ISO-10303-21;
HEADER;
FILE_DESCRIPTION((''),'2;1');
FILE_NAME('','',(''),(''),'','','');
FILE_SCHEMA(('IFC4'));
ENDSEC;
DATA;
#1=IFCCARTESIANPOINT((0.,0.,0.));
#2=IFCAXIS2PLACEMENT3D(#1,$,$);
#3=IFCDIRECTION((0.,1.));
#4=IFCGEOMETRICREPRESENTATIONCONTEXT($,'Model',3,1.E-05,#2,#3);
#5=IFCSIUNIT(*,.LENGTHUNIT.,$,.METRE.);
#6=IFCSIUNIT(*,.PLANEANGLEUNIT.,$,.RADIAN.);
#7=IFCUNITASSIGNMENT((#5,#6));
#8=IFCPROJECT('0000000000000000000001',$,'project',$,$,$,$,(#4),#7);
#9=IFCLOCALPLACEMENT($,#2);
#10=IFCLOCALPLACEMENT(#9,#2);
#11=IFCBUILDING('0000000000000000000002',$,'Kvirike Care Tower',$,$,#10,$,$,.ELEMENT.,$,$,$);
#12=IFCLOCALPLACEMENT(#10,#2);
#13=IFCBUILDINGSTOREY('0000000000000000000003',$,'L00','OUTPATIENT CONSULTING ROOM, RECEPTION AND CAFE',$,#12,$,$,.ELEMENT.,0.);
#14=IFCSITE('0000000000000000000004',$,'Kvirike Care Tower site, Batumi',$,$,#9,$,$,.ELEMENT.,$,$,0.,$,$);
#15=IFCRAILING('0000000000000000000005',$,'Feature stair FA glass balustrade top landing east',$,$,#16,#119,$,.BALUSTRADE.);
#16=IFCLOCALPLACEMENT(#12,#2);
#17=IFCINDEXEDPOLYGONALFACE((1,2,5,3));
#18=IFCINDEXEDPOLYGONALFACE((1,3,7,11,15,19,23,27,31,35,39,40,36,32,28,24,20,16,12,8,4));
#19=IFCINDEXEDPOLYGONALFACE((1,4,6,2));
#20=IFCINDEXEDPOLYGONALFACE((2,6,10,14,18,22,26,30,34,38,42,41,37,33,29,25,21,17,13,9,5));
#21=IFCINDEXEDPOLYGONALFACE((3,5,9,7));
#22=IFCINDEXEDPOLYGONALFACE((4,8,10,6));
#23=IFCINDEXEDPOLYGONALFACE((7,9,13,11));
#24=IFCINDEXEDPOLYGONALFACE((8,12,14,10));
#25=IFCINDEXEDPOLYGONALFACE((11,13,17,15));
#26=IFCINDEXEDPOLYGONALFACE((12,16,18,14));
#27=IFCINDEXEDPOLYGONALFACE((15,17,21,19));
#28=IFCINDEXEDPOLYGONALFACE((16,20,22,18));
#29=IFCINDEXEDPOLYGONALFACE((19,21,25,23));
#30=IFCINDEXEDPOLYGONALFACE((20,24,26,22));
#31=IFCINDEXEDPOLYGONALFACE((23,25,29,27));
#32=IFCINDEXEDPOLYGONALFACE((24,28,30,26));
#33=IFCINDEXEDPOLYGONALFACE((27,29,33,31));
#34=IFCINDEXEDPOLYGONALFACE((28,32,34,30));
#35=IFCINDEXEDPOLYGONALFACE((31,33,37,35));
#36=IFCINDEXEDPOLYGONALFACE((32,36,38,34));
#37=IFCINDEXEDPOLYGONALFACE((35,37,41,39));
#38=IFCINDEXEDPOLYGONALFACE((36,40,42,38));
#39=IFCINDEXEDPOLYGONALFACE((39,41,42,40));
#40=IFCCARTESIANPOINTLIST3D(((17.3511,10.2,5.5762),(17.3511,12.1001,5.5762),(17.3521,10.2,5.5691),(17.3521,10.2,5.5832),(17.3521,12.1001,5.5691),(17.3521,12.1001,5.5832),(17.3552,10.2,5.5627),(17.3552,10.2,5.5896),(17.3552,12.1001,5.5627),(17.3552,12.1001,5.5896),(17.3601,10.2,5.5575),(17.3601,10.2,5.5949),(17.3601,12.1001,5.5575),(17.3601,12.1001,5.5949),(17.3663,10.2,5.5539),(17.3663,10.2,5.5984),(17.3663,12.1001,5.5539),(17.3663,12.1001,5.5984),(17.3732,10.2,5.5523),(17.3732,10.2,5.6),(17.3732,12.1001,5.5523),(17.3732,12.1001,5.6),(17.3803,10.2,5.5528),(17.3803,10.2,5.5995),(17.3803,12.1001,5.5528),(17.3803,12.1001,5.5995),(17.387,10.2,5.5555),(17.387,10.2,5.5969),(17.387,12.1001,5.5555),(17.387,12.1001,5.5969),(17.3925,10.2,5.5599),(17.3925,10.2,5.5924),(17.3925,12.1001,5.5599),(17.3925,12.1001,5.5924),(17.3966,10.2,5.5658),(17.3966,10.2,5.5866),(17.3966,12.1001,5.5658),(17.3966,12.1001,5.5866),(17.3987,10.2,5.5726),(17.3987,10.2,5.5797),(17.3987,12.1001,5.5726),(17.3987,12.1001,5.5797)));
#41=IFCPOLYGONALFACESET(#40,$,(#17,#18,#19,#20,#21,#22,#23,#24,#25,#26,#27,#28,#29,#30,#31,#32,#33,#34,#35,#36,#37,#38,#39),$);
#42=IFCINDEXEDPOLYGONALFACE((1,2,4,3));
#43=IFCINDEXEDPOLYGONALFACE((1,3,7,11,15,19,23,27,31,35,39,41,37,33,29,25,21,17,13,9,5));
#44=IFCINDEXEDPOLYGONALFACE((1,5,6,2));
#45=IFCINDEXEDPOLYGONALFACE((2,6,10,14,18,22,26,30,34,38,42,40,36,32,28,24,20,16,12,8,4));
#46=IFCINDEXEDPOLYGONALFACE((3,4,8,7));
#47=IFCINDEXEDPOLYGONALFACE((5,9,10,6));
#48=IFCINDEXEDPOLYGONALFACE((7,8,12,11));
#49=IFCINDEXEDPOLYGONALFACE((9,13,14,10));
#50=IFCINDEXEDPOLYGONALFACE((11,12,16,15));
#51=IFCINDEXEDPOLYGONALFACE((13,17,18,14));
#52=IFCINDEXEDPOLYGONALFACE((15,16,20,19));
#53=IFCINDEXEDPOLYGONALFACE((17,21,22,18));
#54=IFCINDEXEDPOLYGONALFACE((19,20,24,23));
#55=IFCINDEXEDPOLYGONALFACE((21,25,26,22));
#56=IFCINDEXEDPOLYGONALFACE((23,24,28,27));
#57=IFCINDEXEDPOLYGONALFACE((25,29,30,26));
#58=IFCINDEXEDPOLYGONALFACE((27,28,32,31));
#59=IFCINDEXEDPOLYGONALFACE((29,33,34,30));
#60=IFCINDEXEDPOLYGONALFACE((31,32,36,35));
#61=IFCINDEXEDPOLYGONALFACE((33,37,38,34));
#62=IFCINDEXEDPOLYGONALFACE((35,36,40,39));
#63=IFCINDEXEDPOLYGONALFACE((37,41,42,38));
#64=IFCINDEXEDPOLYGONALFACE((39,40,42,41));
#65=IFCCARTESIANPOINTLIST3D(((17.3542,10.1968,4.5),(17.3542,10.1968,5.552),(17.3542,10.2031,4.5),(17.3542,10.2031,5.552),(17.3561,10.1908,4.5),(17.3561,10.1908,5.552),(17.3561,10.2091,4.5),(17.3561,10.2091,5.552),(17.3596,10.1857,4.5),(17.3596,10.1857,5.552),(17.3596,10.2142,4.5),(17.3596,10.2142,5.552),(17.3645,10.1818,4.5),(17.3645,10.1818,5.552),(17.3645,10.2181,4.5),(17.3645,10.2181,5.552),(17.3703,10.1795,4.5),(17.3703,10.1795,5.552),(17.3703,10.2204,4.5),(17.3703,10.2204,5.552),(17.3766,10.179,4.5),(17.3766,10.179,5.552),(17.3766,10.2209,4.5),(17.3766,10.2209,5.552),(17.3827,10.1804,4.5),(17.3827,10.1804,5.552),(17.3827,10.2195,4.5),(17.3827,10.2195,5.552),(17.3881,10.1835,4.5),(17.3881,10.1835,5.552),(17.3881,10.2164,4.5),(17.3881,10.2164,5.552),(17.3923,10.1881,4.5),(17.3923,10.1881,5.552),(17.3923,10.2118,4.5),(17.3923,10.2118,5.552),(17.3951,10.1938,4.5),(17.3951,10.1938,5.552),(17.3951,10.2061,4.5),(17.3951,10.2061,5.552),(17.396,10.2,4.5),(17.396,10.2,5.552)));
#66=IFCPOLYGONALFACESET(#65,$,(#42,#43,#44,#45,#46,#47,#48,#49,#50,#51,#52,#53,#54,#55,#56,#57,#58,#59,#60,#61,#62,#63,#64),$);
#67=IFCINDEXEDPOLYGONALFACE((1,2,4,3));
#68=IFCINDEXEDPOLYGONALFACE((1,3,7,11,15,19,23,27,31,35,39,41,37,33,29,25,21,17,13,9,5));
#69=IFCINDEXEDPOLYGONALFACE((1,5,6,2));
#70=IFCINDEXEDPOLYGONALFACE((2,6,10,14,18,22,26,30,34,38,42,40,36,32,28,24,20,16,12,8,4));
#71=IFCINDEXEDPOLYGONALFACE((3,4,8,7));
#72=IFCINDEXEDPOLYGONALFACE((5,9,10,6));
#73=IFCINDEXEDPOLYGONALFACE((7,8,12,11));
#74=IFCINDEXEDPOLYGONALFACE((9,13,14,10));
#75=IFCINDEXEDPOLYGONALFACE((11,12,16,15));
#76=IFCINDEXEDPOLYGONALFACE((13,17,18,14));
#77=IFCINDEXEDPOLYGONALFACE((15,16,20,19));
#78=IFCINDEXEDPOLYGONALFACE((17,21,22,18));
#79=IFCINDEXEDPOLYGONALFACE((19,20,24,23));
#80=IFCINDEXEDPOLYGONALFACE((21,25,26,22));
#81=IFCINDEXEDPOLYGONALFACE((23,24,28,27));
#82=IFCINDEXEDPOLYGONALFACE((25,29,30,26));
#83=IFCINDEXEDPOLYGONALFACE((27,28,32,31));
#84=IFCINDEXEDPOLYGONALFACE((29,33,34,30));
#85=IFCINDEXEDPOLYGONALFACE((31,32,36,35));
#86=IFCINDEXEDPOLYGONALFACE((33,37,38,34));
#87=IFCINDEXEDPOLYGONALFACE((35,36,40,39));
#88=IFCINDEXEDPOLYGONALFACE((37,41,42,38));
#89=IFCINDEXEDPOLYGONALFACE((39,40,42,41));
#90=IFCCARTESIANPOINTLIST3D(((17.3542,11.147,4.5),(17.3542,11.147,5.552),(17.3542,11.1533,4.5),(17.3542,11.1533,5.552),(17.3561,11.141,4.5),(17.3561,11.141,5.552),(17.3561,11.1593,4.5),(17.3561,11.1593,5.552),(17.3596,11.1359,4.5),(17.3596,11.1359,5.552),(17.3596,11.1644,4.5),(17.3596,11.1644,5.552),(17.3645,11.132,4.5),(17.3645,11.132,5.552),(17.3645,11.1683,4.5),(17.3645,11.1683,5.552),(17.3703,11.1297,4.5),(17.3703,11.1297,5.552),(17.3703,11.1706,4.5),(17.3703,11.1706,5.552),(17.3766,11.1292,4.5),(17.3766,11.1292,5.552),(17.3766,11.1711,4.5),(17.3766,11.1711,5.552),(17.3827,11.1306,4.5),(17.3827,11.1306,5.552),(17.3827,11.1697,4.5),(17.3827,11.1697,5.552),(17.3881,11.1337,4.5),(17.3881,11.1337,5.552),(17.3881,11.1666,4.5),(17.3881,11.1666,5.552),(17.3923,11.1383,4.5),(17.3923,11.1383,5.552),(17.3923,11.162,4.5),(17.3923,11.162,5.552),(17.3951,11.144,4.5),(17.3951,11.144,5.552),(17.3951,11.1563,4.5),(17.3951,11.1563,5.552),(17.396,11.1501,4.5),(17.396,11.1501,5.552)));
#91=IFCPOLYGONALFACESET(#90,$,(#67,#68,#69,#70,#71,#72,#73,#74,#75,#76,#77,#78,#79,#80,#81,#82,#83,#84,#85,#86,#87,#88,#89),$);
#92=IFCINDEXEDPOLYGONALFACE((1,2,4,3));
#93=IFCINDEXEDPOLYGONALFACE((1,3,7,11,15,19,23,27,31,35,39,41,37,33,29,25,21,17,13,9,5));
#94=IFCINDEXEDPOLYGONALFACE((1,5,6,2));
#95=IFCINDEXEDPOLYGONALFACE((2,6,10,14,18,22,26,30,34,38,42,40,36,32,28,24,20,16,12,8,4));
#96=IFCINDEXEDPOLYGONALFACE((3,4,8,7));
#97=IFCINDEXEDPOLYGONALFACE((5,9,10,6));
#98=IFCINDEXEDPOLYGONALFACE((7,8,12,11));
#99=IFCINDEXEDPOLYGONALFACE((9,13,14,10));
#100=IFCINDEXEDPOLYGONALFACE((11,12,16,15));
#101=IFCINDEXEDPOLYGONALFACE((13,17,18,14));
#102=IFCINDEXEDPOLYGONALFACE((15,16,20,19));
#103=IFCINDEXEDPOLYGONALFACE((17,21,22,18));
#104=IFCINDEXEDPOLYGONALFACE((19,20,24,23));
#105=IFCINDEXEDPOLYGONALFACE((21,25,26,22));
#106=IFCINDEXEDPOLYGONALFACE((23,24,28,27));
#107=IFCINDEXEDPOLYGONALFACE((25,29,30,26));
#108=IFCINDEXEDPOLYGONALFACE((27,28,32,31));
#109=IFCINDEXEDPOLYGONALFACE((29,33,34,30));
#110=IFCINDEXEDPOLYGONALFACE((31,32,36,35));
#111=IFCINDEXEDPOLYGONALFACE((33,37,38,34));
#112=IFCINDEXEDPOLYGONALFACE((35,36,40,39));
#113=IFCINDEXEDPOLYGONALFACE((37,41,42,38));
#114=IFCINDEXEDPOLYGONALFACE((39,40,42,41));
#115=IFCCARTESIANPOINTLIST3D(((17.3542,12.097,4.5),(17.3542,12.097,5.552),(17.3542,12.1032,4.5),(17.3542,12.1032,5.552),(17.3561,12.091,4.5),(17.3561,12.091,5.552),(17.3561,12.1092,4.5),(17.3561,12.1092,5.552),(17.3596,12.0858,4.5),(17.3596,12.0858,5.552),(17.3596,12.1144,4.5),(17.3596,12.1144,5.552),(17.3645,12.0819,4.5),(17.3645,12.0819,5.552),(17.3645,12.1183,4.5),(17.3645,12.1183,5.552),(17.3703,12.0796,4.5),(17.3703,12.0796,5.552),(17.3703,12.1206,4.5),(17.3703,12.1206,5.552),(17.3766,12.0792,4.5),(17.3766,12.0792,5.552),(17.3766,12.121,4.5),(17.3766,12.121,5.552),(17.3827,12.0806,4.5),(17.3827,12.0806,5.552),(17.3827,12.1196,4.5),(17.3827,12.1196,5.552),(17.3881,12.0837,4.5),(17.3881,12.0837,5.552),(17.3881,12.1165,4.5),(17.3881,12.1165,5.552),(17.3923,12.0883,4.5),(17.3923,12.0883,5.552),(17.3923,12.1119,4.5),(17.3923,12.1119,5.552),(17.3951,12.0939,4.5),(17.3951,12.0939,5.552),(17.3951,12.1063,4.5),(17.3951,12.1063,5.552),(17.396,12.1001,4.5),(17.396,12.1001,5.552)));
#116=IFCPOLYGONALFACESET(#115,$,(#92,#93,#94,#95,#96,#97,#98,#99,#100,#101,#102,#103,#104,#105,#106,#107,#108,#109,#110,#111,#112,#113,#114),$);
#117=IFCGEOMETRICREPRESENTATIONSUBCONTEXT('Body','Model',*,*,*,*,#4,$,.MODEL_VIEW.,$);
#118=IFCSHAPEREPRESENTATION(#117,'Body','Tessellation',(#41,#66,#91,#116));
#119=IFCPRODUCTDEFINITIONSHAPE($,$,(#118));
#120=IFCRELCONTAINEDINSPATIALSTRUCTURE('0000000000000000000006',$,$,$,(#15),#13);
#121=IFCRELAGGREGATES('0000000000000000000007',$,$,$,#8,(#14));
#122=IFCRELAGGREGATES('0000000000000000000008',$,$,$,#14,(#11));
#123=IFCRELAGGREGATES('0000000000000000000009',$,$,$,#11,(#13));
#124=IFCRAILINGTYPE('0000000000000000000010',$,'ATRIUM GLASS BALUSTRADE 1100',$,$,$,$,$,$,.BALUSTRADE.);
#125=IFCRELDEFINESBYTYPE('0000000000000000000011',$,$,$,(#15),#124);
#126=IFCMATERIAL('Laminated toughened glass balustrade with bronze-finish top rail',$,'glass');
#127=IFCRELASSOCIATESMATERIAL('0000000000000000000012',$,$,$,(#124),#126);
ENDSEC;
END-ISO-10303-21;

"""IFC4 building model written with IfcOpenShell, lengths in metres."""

from ifc_helpers import new_model, si_unit, direction, frame, origin, origin_2d, place, context, subcontext, project, spatial, circle, extrude, material, type_object, element, save


model = new_model("IFC4")

# Units and contexts
model_context = context("Model", 3, precision=1e-05, world=origin(), true_north=direction((0.0, 1.0)))
body_context = subcontext(model_context, "Body", "Model", "MODEL_VIEW")
ifc_project = project(units=[si_unit("LENGTHUNIT", "METRE"), si_unit("PLANEANGLEUNIT", "RADIAN")], contexts=[model_context])

# Site, building, storey
site_placement = place(None, origin())
site = spatial("IfcSite", under=ifc_project, at=site_placement, Name="Kvirike Care Tower site, Batumi", CompositionType="ELEMENT", RefElevation=0.0)
building_placement = place(site_placement, origin())
building = spatial("IfcBuilding", under=site, at=building_placement, Name="Kvirike Care Tower", CompositionType="ELEMENT")
storey_placement = place(building_placement, origin())
storey = spatial("IfcBuildingStorey", under=building, at=storey_placement, Name="L00", Description="OUTPATIENT CONSULTING ROOM, RECEPTION AND CAFE", CompositionType="ELEMENT", Elevation=0.0)

# Railing
ifc_material_1 = material(Name="Laminated toughened glass balustrade with bronze-finish top rail", Category="glass")
railing_type_1 = type_object("IfcRailingType", Name="ATRIUM GLASS BALUSTRADE 1100", PredefinedType="BALUSTRADE", material=ifc_material_1)
railing_1_placement = place(storey_placement, frame((17.375, 10.2, 4.5)))
element("IfcRailing", 1, at=railing_1_placement, inside=storey, type_object=railing_type_1, Name="Feature stair FA glass balustrade top landing east", PredefinedType="BALUSTRADE", context=body_context, shape_type="SweptSolid", body=[
    extrude(circle(Radius=0.0239, at=origin_2d()), frame((0.0, 0.0, 1.0762), z_axis=(0.0, 1.0, 0.0), x_axis=(-1.0, 0.0, 0.0)), (0.0, 0.0, 1.0), 1.9001),
    extrude(circle(Radius=0.021, at=origin_2d()), origin(), (0.0, 0.0, 1.0), 1.052),
    extrude(circle(Radius=0.021, at=origin_2d()), frame((0.0, 0.9502, 0.0)), (0.0, 0.0, 1.0), 1.052),
    extrude(circle(Radius=0.021, at=origin_2d()), frame((0.0, 1.9001, 0.0)), (0.0, 0.0, 1.0), 1.052),
])

save(model, "model.ifc")
